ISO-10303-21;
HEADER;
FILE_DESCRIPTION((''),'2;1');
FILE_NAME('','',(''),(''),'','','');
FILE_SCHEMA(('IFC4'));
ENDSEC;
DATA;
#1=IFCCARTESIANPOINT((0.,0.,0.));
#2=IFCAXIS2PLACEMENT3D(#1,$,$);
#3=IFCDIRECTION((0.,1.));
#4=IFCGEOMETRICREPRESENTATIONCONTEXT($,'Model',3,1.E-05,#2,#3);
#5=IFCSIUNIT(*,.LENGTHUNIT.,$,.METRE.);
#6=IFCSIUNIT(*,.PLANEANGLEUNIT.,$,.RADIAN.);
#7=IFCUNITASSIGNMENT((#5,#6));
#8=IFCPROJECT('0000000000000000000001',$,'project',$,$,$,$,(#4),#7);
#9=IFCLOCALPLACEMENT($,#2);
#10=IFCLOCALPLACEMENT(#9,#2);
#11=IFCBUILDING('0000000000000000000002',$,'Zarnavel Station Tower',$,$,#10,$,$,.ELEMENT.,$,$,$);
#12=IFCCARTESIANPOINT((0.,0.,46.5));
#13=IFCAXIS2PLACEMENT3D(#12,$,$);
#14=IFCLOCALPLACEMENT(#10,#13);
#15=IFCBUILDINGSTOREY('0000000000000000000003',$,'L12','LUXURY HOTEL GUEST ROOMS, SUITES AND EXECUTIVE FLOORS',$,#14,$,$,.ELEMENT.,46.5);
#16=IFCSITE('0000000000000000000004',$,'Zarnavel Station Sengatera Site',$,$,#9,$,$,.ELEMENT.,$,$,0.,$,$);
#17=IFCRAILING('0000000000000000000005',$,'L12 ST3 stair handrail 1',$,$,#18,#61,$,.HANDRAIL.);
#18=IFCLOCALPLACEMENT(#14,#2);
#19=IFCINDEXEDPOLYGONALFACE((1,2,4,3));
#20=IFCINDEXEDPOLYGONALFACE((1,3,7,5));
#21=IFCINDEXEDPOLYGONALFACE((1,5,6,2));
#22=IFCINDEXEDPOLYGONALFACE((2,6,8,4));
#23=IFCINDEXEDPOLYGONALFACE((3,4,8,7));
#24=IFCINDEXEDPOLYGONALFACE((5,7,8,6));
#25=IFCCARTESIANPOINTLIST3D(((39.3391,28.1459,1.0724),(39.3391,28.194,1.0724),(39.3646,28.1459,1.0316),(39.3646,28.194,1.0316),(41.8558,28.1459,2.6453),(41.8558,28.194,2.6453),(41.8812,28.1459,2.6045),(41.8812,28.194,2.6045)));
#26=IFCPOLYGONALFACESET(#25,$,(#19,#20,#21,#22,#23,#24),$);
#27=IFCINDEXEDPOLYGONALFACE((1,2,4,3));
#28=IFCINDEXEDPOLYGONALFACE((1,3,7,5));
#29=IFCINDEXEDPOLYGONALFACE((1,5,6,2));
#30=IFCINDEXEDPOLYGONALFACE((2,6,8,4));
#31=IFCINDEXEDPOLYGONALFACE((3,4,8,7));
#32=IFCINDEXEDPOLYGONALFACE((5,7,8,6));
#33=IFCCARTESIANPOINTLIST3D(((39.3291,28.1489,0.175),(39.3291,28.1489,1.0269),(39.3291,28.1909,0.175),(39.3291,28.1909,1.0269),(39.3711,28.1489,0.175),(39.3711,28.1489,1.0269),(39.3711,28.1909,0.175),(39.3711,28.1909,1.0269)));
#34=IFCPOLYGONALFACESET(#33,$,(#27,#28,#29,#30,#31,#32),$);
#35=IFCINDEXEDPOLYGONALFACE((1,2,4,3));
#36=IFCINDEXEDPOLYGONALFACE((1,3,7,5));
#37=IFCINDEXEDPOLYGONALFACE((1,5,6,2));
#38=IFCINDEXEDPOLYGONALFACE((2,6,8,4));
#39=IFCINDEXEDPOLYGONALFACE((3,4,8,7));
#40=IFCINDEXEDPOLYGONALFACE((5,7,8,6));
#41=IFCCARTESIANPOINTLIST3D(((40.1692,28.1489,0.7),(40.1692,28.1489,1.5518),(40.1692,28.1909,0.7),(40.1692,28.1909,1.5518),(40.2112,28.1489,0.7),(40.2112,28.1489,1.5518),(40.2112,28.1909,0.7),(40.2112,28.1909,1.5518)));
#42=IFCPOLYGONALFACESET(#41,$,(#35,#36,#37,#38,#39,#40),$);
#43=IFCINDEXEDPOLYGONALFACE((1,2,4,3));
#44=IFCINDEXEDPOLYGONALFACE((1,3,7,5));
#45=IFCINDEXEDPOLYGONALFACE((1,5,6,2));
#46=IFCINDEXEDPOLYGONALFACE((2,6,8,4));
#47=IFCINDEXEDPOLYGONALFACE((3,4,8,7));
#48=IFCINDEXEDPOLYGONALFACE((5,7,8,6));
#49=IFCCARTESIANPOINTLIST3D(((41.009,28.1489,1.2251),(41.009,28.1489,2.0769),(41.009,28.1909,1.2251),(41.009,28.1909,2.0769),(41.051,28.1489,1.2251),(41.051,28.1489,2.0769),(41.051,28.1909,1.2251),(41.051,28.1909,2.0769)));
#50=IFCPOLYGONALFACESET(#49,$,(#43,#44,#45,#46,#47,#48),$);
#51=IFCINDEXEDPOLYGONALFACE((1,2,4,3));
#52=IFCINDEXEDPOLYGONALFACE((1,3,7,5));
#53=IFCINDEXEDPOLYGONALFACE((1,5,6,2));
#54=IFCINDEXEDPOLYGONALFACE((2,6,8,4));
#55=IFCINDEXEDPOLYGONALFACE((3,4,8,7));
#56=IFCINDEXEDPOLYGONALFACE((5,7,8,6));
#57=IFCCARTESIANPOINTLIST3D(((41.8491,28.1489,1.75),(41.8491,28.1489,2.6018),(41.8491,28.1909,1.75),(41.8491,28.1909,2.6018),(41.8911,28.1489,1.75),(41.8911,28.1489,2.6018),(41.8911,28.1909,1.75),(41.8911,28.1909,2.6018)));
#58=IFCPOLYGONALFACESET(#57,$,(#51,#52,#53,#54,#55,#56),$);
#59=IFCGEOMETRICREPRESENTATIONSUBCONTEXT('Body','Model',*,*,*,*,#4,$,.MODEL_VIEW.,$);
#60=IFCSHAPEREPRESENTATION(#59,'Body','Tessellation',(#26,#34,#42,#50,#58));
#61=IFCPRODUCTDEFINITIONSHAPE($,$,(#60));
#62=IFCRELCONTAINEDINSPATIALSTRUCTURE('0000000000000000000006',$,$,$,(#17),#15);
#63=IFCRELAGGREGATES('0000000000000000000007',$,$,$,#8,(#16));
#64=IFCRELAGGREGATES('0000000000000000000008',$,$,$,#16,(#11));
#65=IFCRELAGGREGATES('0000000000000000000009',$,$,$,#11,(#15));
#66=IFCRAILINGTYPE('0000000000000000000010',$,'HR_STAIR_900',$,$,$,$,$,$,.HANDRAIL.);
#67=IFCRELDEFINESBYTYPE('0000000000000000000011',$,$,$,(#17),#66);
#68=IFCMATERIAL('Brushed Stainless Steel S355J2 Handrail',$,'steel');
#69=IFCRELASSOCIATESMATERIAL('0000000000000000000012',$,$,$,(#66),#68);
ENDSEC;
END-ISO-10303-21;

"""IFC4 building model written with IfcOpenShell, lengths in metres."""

from ifc_helpers import new_model, si_unit, direction, frame, origin, origin_2d, place, context, subcontext, project, spatial, rectangle, extrude, material, type_object, element, save


model = new_model("IFC4")

# Units and contexts
model_context = context("Model", 3, precision=1e-05, world=origin(), true_north=direction((0.0, 1.0)))
body_context = subcontext(model_context, "Body", "Model", "MODEL_VIEW")
ifc_project = project(units=[si_unit("LENGTHUNIT", "METRE"), si_unit("PLANEANGLEUNIT", "RADIAN")], contexts=[model_context])

# Site, building, storey
site_placement = place(None, origin())
site = spatial("IfcSite", under=ifc_project, at=site_placement, Name="Zarnavel Station Sengatera Site", CompositionType="ELEMENT", RefElevation=0.0)
building_placement = place(site_placement, origin())
building = spatial("IfcBuilding", under=site, at=building_placement, Name="Zarnavel Station Tower", CompositionType="ELEMENT")
storey_placement = place(building_placement, frame((0.0, 0.0, 46.5)))
storey = spatial("IfcBuildingStorey", under=building, at=storey_placement, Name="L12", Description="LUXURY HOTEL GUEST ROOMS, SUITES AND EXECUTIVE FLOORS", CompositionType="ELEMENT", Elevation=46.5)

# Railing
ifc_material_1 = material(Name="Brushed Stainless Steel S355J2 Handrail", Category="steel")
railing_type_1 = type_object("IfcRailingType", Name="HR_STAIR_900", PredefinedType="HANDRAIL", material=ifc_material_1)
railing_1_placement = place(storey_placement, frame((39.3501, 28.1699, 0.175)))
element("IfcRailing", 1, at=railing_1_placement, inside=storey, type_object=railing_type_1, Name="L12 ST3 stair handrail 1", PredefinedType="HANDRAIL", context=body_context, shape_type="SweptSolid", body=[
    extrude(rectangle(XDim=0.0481, YDim=0.0481, at=origin_2d()), frame((0.0017, 0.0, 0.877), z_axis=(0.848008, 0.0, 0.529984), x_axis=(0.0, 1.0, 0.0)), (0.0, 0.0, 1.0), 2.9678),
    extrude(rectangle(XDim=0.042, YDim=0.042, at=origin_2d()), origin(), (0.0, 0.0, 1.0), 0.8518),
    extrude(rectangle(XDim=0.042, YDim=0.042, at=origin_2d()), frame((0.8401, 0.0, 0.5249)), (0.0, 0.0, 1.0), 0.8518),
    extrude(rectangle(XDim=0.042, YDim=0.042, at=origin_2d()), frame((1.6799, 0.0, 1.05)), (0.0, 0.0, 1.0), 0.8518),
    extrude(rectangle(XDim=0.042, YDim=0.042, at=origin_2d()), frame((2.52, 0.0, 1.575)), (0.0, 0.0, 1.0), 0.8518),
])

save(model, "model.ifc")
